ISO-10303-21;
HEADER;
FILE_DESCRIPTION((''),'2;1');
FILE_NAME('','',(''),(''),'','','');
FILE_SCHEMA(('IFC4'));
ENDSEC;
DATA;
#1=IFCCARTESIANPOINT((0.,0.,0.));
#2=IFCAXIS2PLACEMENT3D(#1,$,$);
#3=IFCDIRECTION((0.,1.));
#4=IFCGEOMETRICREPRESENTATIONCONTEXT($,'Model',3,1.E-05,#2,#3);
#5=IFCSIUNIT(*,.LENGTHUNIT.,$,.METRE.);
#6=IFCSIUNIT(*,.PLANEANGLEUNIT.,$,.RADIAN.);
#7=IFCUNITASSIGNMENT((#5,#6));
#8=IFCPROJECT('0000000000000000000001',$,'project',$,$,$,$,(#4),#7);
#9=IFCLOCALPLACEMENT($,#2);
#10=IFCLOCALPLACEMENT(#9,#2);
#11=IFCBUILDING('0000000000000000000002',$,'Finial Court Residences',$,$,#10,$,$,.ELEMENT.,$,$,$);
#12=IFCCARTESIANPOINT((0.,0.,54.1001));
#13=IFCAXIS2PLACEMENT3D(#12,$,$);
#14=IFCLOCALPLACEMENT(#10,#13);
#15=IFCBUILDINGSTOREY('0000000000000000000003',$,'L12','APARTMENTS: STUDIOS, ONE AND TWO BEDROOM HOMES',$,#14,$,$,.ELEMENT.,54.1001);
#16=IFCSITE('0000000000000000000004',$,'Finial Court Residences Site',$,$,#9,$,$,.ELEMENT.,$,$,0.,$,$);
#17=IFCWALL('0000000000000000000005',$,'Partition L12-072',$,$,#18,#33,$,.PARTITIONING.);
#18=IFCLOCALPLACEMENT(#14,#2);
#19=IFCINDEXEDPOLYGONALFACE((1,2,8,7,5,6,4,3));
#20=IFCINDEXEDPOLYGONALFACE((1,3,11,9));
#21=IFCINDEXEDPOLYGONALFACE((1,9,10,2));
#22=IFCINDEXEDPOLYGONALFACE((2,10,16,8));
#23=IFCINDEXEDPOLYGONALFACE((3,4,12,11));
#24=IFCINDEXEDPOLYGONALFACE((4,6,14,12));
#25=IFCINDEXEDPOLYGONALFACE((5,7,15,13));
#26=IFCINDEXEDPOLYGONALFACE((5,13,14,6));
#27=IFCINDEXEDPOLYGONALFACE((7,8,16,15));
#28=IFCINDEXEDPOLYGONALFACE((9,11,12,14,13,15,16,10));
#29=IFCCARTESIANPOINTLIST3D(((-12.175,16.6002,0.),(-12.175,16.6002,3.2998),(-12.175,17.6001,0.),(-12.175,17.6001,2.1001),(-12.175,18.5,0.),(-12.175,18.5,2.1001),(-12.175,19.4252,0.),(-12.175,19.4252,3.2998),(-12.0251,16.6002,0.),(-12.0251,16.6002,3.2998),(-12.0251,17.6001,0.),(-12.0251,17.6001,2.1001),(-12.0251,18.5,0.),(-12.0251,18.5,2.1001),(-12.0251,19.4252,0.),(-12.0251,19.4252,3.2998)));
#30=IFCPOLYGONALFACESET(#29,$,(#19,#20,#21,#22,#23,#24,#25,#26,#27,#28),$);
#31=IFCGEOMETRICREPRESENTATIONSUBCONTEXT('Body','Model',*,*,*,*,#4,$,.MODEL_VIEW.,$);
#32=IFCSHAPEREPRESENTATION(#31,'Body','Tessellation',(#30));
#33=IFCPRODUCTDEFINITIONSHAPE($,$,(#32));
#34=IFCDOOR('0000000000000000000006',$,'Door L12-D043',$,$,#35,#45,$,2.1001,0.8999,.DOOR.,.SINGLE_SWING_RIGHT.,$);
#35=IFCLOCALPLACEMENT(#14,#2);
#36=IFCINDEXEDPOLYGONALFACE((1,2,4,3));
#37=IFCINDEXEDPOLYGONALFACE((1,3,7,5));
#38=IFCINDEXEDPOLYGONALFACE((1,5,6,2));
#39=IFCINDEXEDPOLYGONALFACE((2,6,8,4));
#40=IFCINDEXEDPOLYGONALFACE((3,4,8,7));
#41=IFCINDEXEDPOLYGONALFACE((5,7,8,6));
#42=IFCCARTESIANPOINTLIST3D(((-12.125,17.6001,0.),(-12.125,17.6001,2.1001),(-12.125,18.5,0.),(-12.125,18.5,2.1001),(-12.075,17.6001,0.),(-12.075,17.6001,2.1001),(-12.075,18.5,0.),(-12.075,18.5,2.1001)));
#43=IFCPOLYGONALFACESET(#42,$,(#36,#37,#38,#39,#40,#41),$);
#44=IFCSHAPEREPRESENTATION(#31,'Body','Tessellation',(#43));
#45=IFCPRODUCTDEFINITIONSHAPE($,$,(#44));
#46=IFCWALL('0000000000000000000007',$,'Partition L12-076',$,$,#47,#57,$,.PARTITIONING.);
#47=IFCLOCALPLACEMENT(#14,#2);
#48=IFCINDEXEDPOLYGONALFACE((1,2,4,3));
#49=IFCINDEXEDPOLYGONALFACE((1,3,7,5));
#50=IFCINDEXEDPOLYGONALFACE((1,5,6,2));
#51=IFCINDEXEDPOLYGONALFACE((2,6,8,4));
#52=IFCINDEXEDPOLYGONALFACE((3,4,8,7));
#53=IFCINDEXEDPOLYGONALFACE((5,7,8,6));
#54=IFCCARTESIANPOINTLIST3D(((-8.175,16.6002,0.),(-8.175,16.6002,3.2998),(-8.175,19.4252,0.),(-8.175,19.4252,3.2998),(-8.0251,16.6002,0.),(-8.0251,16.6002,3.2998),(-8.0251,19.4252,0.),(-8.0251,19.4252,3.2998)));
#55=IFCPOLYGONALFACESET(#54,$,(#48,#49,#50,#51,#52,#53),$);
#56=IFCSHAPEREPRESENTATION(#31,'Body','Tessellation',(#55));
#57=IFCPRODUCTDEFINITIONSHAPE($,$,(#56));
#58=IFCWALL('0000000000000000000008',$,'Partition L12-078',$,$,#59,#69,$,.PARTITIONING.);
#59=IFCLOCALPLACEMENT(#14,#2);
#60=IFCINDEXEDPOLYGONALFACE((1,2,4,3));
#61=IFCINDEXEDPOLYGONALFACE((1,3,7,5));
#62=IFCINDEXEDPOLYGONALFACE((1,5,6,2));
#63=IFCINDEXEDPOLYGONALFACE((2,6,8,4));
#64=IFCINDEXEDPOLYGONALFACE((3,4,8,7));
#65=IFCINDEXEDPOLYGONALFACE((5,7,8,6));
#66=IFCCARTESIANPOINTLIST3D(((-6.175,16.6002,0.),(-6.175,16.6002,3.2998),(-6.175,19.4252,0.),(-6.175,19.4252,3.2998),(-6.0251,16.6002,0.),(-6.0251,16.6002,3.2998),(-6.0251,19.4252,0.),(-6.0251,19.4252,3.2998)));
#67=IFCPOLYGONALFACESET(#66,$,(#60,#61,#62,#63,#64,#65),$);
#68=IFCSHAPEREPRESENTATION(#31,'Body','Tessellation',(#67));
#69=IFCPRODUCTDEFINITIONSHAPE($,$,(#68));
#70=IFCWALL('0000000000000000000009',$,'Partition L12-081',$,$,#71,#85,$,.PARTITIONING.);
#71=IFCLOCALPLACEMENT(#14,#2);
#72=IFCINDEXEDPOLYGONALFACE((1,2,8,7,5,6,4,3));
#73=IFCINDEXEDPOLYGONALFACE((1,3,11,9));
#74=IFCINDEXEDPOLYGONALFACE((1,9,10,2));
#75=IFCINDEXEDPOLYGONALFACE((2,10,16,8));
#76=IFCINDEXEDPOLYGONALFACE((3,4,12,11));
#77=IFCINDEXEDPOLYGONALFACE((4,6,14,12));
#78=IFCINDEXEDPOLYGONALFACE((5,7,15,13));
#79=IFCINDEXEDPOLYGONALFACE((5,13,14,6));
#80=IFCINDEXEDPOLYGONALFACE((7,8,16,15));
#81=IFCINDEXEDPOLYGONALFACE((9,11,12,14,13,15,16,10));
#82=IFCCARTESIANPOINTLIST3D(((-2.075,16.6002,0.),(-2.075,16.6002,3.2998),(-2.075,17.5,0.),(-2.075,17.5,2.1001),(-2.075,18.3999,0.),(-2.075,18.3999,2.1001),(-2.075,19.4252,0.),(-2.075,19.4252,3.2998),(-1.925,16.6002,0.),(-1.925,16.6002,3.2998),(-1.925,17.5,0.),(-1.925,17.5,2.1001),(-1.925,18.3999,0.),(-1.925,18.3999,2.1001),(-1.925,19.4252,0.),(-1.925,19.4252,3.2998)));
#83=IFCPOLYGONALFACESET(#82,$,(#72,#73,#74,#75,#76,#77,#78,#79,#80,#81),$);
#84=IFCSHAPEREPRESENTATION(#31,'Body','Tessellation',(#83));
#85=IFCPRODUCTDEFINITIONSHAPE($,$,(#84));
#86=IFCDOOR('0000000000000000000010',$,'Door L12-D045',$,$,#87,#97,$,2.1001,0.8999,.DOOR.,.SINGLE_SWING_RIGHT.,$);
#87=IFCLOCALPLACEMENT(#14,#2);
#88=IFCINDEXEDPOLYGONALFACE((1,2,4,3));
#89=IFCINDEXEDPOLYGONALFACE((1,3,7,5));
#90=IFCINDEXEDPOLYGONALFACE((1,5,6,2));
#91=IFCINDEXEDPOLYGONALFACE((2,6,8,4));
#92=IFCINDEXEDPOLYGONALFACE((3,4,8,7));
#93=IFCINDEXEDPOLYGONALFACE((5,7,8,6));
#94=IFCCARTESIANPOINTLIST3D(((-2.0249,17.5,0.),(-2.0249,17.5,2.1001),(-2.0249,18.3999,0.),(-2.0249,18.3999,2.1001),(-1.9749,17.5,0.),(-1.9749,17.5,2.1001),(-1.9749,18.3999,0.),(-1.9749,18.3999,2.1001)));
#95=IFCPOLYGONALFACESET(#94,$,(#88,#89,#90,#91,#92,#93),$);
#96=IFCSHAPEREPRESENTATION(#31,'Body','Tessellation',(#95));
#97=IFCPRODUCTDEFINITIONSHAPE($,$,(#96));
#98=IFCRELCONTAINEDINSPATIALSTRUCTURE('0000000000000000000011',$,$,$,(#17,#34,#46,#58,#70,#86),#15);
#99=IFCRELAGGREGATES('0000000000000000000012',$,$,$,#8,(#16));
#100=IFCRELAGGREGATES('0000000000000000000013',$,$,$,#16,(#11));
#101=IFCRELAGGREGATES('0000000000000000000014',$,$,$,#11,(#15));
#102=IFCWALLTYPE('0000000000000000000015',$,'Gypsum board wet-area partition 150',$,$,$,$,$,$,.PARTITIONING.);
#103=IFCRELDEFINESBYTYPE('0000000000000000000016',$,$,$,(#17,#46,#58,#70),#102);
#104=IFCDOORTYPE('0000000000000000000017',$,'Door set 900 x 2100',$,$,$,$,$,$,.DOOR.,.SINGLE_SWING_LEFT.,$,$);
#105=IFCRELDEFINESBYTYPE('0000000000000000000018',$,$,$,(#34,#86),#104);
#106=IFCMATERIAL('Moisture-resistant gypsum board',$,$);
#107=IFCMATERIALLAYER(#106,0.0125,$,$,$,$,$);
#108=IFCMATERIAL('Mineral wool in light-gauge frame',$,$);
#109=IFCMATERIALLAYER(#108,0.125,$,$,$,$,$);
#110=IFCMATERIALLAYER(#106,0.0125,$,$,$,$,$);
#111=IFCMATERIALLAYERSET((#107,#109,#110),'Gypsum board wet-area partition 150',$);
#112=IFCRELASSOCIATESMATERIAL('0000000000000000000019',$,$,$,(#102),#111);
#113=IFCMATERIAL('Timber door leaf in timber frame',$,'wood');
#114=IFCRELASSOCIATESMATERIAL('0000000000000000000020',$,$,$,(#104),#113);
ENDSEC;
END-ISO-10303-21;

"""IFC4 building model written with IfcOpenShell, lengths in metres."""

from ifc_helpers import new_model, si_unit, direction, frame, frame_2d, origin, place, context, subcontext, project, spatial, rectangle, extrude, material, layer, layer_set, type_object, element, fill, save


model = new_model("IFC4")

# Units and contexts
model_context = context("Model", 3, precision=1e-05, world=origin(), true_north=direction((0.0, 1.0)))
body_context = subcontext(model_context, "Body", "Model", "MODEL_VIEW")
ifc_project = project(units=[si_unit("LENGTHUNIT", "METRE"), si_unit("PLANEANGLEUNIT", "RADIAN")], contexts=[model_context])

# Site, building, storey
site_placement = place(None, origin())
site = spatial("IfcSite", under=ifc_project, at=site_placement, Name="Finial Court Residences Site", CompositionType="ELEMENT", RefElevation=0.0)
building_placement = place(site_placement, origin())
building = spatial("IfcBuilding", under=site, at=building_placement, Name="Finial Court Residences", CompositionType="ELEMENT")
storey_placement = place(building_placement, frame((0.0, 0.0, 54.1001)))
storey = spatial("IfcBuildingStorey", under=building, at=storey_placement, Name="L12", Description="APARTMENTS: STUDIOS, ONE AND TWO BEDROOM HOMES", CompositionType="ELEMENT", Elevation=54.1001)

# Wall, opening, door
ifc_material_1 = material(Name="Moisture-resistant gypsum board")
ifc_layer_1 = layer(ifc_material_1, 0.0125)
ifc_material_2 = material(Name="Mineral wool in light-gauge frame")
ifc_layer_2 = layer(ifc_material_2, 0.125)
ifc_layer_3 = layer(ifc_material_1, 0.0125)
ifc_layer_set_1 = layer_set([ifc_layer_1, ifc_layer_2, ifc_layer_3], Name="Gypsum board wet-area partition 150")
wall_type_1 = type_object("IfcWallType", Name="Gypsum board wet-area partition 150", PredefinedType="PARTITIONING", material=ifc_layer_set_1)
ifc_material_3 = material(Name="Timber door leaf in timber frame", Category="wood")
door_type = type_object("IfcDoorType", Name="Door set 900 x 2100", OperationType="SINGLE_SWING_LEFT", PredefinedType="DOOR", material=ifc_material_3)
wall_1_placement = place(storey_placement, frame((-12.1001, 16.6001, 0.0), z_axis=(0.0, 0.0, 1.0), x_axis=(0.0, 1.0, 0.0)))
wall_1 = element("IfcWall", 1, at=wall_1_placement, inside=storey, type_object=wall_type_1, Name="Partition L12-072", PredefinedType="PARTITIONING", context=body_context, shape_type="SweptSolid", body=[
    extrude(rectangle(XDim=2.825, YDim=0.1499, at=frame_2d((1.4126, 0.0))), origin(), (0.0, 0.0, 1.0), 3.2998),
])
opening_1_placement = place(wall_1_placement, frame((1.0, 0.0, 0.0)))
opening_1 = element("IfcOpeningElement", 2, at=opening_1_placement, cuts=wall_1, PredefinedType="OPENING", context=body_context, shape_type="SweptSolid", body=[
    extrude(rectangle(XDim=0.8999, YDim=2.1001, at=frame_2d((0.45, 1.05))), frame((0.0, 0.085, 0.0), z_axis=(0.0, -1.0, 0.0), x_axis=(1.0, 0.0, 0.0)), (0.0, 0.0, 1.0), 0.1699),
])
door_1_placement = place(opening_1_placement, origin())
door_1 = element("IfcDoor", 3, at=door_1_placement, inside=storey, type_object=door_type, Name="Door L12-D043", OperationType="SINGLE_SWING_RIGHT", OverallHeight=2.1001, OverallWidth=0.8999, PredefinedType="DOOR", context=body_context, shape_type="SweptSolid", body=[
    extrude(rectangle(XDim=0.8999, YDim=2.1001, at=frame_2d((0.45, 1.05))), frame((0.0, 0.0249, 0.0), z_axis=(0.0, -1.0, 0.0), x_axis=(1.0, 0.0, 0.0)), (0.0, 0.0, 1.0), 0.05),
])
fill(opening_1, door_1)

# Walls
for number, where, z_axis, x_axis, name in (
    (4, (-8.1001, 16.6001, 0.0), (0.0, 0.0, 1.0), (0.0, 1.0, 0.0), "Partition L12-076"),
    (5, (-6.1001, 16.6001, 0.0), (0.0, 0.0, 1.0), (0.0, 1.0, 0.0), "Partition L12-078"),
):
    element("IfcWall", number, at=place(storey_placement, frame(where, z_axis=z_axis, x_axis=x_axis)), inside=storey, type_object=wall_type_1, Name=name, PredefinedType="PARTITIONING", context=body_context, shape_type="SweptSolid", body=[
        extrude(rectangle(XDim=2.825, YDim=0.1499, at=frame_2d((1.4126, 0.0))), origin(), (0.0, 0.0, 1.0), 3.2998),
    ])

# Wall, opening, door
wall_2_placement = place(storey_placement, frame((-2.0, 16.6001, 0.0), z_axis=(0.0, 0.0, 1.0), x_axis=(0.0, 1.0, 0.0)))
wall_2 = element("IfcWall", 6, at=wall_2_placement, inside=storey, type_object=wall_type_1, Name="Partition L12-081", PredefinedType="PARTITIONING", context=body_context, shape_type="SweptSolid", body=[
    extrude(rectangle(XDim=2.825, YDim=0.1499, at=frame_2d((1.4126, 0.0))), origin(), (0.0, 0.0, 1.0), 3.2998),
])
opening_2_placement = place(wall_2_placement, frame((0.8999, 0.0, 0.0)))
opening_2 = element("IfcOpeningElement", 7, at=opening_2_placement, cuts=wall_2, PredefinedType="OPENING", context=body_context, shape_type="SweptSolid", body=[
    extrude(rectangle(XDim=0.8999, YDim=2.1001, at=frame_2d((0.45, 1.05))), frame((0.0, 0.085, 0.0), z_axis=(0.0, -1.0, 0.0), x_axis=(1.0, 0.0, 0.0)), (0.0, 0.0, 1.0), 0.1699),
])
door_2_placement = place(opening_2_placement, origin())
door_2 = element("IfcDoor", 8, at=door_2_placement, inside=storey, type_object=door_type, Name="Door L12-D045", OperationType="SINGLE_SWING_RIGHT", OverallHeight=2.1001, OverallWidth=0.8999, PredefinedType="DOOR", context=body_context, shape_type="SweptSolid", body=[
    extrude(rectangle(XDim=0.8999, YDim=2.1001, at=frame_2d((0.45, 1.05))), frame((0.0, 0.0249, 0.0), z_axis=(0.0, -1.0, 0.0), x_axis=(1.0, 0.0, 0.0)), (0.0, 0.0, 1.0), 0.05),
])
fill(opening_2, door_2)

save(model, "model.ifc")
